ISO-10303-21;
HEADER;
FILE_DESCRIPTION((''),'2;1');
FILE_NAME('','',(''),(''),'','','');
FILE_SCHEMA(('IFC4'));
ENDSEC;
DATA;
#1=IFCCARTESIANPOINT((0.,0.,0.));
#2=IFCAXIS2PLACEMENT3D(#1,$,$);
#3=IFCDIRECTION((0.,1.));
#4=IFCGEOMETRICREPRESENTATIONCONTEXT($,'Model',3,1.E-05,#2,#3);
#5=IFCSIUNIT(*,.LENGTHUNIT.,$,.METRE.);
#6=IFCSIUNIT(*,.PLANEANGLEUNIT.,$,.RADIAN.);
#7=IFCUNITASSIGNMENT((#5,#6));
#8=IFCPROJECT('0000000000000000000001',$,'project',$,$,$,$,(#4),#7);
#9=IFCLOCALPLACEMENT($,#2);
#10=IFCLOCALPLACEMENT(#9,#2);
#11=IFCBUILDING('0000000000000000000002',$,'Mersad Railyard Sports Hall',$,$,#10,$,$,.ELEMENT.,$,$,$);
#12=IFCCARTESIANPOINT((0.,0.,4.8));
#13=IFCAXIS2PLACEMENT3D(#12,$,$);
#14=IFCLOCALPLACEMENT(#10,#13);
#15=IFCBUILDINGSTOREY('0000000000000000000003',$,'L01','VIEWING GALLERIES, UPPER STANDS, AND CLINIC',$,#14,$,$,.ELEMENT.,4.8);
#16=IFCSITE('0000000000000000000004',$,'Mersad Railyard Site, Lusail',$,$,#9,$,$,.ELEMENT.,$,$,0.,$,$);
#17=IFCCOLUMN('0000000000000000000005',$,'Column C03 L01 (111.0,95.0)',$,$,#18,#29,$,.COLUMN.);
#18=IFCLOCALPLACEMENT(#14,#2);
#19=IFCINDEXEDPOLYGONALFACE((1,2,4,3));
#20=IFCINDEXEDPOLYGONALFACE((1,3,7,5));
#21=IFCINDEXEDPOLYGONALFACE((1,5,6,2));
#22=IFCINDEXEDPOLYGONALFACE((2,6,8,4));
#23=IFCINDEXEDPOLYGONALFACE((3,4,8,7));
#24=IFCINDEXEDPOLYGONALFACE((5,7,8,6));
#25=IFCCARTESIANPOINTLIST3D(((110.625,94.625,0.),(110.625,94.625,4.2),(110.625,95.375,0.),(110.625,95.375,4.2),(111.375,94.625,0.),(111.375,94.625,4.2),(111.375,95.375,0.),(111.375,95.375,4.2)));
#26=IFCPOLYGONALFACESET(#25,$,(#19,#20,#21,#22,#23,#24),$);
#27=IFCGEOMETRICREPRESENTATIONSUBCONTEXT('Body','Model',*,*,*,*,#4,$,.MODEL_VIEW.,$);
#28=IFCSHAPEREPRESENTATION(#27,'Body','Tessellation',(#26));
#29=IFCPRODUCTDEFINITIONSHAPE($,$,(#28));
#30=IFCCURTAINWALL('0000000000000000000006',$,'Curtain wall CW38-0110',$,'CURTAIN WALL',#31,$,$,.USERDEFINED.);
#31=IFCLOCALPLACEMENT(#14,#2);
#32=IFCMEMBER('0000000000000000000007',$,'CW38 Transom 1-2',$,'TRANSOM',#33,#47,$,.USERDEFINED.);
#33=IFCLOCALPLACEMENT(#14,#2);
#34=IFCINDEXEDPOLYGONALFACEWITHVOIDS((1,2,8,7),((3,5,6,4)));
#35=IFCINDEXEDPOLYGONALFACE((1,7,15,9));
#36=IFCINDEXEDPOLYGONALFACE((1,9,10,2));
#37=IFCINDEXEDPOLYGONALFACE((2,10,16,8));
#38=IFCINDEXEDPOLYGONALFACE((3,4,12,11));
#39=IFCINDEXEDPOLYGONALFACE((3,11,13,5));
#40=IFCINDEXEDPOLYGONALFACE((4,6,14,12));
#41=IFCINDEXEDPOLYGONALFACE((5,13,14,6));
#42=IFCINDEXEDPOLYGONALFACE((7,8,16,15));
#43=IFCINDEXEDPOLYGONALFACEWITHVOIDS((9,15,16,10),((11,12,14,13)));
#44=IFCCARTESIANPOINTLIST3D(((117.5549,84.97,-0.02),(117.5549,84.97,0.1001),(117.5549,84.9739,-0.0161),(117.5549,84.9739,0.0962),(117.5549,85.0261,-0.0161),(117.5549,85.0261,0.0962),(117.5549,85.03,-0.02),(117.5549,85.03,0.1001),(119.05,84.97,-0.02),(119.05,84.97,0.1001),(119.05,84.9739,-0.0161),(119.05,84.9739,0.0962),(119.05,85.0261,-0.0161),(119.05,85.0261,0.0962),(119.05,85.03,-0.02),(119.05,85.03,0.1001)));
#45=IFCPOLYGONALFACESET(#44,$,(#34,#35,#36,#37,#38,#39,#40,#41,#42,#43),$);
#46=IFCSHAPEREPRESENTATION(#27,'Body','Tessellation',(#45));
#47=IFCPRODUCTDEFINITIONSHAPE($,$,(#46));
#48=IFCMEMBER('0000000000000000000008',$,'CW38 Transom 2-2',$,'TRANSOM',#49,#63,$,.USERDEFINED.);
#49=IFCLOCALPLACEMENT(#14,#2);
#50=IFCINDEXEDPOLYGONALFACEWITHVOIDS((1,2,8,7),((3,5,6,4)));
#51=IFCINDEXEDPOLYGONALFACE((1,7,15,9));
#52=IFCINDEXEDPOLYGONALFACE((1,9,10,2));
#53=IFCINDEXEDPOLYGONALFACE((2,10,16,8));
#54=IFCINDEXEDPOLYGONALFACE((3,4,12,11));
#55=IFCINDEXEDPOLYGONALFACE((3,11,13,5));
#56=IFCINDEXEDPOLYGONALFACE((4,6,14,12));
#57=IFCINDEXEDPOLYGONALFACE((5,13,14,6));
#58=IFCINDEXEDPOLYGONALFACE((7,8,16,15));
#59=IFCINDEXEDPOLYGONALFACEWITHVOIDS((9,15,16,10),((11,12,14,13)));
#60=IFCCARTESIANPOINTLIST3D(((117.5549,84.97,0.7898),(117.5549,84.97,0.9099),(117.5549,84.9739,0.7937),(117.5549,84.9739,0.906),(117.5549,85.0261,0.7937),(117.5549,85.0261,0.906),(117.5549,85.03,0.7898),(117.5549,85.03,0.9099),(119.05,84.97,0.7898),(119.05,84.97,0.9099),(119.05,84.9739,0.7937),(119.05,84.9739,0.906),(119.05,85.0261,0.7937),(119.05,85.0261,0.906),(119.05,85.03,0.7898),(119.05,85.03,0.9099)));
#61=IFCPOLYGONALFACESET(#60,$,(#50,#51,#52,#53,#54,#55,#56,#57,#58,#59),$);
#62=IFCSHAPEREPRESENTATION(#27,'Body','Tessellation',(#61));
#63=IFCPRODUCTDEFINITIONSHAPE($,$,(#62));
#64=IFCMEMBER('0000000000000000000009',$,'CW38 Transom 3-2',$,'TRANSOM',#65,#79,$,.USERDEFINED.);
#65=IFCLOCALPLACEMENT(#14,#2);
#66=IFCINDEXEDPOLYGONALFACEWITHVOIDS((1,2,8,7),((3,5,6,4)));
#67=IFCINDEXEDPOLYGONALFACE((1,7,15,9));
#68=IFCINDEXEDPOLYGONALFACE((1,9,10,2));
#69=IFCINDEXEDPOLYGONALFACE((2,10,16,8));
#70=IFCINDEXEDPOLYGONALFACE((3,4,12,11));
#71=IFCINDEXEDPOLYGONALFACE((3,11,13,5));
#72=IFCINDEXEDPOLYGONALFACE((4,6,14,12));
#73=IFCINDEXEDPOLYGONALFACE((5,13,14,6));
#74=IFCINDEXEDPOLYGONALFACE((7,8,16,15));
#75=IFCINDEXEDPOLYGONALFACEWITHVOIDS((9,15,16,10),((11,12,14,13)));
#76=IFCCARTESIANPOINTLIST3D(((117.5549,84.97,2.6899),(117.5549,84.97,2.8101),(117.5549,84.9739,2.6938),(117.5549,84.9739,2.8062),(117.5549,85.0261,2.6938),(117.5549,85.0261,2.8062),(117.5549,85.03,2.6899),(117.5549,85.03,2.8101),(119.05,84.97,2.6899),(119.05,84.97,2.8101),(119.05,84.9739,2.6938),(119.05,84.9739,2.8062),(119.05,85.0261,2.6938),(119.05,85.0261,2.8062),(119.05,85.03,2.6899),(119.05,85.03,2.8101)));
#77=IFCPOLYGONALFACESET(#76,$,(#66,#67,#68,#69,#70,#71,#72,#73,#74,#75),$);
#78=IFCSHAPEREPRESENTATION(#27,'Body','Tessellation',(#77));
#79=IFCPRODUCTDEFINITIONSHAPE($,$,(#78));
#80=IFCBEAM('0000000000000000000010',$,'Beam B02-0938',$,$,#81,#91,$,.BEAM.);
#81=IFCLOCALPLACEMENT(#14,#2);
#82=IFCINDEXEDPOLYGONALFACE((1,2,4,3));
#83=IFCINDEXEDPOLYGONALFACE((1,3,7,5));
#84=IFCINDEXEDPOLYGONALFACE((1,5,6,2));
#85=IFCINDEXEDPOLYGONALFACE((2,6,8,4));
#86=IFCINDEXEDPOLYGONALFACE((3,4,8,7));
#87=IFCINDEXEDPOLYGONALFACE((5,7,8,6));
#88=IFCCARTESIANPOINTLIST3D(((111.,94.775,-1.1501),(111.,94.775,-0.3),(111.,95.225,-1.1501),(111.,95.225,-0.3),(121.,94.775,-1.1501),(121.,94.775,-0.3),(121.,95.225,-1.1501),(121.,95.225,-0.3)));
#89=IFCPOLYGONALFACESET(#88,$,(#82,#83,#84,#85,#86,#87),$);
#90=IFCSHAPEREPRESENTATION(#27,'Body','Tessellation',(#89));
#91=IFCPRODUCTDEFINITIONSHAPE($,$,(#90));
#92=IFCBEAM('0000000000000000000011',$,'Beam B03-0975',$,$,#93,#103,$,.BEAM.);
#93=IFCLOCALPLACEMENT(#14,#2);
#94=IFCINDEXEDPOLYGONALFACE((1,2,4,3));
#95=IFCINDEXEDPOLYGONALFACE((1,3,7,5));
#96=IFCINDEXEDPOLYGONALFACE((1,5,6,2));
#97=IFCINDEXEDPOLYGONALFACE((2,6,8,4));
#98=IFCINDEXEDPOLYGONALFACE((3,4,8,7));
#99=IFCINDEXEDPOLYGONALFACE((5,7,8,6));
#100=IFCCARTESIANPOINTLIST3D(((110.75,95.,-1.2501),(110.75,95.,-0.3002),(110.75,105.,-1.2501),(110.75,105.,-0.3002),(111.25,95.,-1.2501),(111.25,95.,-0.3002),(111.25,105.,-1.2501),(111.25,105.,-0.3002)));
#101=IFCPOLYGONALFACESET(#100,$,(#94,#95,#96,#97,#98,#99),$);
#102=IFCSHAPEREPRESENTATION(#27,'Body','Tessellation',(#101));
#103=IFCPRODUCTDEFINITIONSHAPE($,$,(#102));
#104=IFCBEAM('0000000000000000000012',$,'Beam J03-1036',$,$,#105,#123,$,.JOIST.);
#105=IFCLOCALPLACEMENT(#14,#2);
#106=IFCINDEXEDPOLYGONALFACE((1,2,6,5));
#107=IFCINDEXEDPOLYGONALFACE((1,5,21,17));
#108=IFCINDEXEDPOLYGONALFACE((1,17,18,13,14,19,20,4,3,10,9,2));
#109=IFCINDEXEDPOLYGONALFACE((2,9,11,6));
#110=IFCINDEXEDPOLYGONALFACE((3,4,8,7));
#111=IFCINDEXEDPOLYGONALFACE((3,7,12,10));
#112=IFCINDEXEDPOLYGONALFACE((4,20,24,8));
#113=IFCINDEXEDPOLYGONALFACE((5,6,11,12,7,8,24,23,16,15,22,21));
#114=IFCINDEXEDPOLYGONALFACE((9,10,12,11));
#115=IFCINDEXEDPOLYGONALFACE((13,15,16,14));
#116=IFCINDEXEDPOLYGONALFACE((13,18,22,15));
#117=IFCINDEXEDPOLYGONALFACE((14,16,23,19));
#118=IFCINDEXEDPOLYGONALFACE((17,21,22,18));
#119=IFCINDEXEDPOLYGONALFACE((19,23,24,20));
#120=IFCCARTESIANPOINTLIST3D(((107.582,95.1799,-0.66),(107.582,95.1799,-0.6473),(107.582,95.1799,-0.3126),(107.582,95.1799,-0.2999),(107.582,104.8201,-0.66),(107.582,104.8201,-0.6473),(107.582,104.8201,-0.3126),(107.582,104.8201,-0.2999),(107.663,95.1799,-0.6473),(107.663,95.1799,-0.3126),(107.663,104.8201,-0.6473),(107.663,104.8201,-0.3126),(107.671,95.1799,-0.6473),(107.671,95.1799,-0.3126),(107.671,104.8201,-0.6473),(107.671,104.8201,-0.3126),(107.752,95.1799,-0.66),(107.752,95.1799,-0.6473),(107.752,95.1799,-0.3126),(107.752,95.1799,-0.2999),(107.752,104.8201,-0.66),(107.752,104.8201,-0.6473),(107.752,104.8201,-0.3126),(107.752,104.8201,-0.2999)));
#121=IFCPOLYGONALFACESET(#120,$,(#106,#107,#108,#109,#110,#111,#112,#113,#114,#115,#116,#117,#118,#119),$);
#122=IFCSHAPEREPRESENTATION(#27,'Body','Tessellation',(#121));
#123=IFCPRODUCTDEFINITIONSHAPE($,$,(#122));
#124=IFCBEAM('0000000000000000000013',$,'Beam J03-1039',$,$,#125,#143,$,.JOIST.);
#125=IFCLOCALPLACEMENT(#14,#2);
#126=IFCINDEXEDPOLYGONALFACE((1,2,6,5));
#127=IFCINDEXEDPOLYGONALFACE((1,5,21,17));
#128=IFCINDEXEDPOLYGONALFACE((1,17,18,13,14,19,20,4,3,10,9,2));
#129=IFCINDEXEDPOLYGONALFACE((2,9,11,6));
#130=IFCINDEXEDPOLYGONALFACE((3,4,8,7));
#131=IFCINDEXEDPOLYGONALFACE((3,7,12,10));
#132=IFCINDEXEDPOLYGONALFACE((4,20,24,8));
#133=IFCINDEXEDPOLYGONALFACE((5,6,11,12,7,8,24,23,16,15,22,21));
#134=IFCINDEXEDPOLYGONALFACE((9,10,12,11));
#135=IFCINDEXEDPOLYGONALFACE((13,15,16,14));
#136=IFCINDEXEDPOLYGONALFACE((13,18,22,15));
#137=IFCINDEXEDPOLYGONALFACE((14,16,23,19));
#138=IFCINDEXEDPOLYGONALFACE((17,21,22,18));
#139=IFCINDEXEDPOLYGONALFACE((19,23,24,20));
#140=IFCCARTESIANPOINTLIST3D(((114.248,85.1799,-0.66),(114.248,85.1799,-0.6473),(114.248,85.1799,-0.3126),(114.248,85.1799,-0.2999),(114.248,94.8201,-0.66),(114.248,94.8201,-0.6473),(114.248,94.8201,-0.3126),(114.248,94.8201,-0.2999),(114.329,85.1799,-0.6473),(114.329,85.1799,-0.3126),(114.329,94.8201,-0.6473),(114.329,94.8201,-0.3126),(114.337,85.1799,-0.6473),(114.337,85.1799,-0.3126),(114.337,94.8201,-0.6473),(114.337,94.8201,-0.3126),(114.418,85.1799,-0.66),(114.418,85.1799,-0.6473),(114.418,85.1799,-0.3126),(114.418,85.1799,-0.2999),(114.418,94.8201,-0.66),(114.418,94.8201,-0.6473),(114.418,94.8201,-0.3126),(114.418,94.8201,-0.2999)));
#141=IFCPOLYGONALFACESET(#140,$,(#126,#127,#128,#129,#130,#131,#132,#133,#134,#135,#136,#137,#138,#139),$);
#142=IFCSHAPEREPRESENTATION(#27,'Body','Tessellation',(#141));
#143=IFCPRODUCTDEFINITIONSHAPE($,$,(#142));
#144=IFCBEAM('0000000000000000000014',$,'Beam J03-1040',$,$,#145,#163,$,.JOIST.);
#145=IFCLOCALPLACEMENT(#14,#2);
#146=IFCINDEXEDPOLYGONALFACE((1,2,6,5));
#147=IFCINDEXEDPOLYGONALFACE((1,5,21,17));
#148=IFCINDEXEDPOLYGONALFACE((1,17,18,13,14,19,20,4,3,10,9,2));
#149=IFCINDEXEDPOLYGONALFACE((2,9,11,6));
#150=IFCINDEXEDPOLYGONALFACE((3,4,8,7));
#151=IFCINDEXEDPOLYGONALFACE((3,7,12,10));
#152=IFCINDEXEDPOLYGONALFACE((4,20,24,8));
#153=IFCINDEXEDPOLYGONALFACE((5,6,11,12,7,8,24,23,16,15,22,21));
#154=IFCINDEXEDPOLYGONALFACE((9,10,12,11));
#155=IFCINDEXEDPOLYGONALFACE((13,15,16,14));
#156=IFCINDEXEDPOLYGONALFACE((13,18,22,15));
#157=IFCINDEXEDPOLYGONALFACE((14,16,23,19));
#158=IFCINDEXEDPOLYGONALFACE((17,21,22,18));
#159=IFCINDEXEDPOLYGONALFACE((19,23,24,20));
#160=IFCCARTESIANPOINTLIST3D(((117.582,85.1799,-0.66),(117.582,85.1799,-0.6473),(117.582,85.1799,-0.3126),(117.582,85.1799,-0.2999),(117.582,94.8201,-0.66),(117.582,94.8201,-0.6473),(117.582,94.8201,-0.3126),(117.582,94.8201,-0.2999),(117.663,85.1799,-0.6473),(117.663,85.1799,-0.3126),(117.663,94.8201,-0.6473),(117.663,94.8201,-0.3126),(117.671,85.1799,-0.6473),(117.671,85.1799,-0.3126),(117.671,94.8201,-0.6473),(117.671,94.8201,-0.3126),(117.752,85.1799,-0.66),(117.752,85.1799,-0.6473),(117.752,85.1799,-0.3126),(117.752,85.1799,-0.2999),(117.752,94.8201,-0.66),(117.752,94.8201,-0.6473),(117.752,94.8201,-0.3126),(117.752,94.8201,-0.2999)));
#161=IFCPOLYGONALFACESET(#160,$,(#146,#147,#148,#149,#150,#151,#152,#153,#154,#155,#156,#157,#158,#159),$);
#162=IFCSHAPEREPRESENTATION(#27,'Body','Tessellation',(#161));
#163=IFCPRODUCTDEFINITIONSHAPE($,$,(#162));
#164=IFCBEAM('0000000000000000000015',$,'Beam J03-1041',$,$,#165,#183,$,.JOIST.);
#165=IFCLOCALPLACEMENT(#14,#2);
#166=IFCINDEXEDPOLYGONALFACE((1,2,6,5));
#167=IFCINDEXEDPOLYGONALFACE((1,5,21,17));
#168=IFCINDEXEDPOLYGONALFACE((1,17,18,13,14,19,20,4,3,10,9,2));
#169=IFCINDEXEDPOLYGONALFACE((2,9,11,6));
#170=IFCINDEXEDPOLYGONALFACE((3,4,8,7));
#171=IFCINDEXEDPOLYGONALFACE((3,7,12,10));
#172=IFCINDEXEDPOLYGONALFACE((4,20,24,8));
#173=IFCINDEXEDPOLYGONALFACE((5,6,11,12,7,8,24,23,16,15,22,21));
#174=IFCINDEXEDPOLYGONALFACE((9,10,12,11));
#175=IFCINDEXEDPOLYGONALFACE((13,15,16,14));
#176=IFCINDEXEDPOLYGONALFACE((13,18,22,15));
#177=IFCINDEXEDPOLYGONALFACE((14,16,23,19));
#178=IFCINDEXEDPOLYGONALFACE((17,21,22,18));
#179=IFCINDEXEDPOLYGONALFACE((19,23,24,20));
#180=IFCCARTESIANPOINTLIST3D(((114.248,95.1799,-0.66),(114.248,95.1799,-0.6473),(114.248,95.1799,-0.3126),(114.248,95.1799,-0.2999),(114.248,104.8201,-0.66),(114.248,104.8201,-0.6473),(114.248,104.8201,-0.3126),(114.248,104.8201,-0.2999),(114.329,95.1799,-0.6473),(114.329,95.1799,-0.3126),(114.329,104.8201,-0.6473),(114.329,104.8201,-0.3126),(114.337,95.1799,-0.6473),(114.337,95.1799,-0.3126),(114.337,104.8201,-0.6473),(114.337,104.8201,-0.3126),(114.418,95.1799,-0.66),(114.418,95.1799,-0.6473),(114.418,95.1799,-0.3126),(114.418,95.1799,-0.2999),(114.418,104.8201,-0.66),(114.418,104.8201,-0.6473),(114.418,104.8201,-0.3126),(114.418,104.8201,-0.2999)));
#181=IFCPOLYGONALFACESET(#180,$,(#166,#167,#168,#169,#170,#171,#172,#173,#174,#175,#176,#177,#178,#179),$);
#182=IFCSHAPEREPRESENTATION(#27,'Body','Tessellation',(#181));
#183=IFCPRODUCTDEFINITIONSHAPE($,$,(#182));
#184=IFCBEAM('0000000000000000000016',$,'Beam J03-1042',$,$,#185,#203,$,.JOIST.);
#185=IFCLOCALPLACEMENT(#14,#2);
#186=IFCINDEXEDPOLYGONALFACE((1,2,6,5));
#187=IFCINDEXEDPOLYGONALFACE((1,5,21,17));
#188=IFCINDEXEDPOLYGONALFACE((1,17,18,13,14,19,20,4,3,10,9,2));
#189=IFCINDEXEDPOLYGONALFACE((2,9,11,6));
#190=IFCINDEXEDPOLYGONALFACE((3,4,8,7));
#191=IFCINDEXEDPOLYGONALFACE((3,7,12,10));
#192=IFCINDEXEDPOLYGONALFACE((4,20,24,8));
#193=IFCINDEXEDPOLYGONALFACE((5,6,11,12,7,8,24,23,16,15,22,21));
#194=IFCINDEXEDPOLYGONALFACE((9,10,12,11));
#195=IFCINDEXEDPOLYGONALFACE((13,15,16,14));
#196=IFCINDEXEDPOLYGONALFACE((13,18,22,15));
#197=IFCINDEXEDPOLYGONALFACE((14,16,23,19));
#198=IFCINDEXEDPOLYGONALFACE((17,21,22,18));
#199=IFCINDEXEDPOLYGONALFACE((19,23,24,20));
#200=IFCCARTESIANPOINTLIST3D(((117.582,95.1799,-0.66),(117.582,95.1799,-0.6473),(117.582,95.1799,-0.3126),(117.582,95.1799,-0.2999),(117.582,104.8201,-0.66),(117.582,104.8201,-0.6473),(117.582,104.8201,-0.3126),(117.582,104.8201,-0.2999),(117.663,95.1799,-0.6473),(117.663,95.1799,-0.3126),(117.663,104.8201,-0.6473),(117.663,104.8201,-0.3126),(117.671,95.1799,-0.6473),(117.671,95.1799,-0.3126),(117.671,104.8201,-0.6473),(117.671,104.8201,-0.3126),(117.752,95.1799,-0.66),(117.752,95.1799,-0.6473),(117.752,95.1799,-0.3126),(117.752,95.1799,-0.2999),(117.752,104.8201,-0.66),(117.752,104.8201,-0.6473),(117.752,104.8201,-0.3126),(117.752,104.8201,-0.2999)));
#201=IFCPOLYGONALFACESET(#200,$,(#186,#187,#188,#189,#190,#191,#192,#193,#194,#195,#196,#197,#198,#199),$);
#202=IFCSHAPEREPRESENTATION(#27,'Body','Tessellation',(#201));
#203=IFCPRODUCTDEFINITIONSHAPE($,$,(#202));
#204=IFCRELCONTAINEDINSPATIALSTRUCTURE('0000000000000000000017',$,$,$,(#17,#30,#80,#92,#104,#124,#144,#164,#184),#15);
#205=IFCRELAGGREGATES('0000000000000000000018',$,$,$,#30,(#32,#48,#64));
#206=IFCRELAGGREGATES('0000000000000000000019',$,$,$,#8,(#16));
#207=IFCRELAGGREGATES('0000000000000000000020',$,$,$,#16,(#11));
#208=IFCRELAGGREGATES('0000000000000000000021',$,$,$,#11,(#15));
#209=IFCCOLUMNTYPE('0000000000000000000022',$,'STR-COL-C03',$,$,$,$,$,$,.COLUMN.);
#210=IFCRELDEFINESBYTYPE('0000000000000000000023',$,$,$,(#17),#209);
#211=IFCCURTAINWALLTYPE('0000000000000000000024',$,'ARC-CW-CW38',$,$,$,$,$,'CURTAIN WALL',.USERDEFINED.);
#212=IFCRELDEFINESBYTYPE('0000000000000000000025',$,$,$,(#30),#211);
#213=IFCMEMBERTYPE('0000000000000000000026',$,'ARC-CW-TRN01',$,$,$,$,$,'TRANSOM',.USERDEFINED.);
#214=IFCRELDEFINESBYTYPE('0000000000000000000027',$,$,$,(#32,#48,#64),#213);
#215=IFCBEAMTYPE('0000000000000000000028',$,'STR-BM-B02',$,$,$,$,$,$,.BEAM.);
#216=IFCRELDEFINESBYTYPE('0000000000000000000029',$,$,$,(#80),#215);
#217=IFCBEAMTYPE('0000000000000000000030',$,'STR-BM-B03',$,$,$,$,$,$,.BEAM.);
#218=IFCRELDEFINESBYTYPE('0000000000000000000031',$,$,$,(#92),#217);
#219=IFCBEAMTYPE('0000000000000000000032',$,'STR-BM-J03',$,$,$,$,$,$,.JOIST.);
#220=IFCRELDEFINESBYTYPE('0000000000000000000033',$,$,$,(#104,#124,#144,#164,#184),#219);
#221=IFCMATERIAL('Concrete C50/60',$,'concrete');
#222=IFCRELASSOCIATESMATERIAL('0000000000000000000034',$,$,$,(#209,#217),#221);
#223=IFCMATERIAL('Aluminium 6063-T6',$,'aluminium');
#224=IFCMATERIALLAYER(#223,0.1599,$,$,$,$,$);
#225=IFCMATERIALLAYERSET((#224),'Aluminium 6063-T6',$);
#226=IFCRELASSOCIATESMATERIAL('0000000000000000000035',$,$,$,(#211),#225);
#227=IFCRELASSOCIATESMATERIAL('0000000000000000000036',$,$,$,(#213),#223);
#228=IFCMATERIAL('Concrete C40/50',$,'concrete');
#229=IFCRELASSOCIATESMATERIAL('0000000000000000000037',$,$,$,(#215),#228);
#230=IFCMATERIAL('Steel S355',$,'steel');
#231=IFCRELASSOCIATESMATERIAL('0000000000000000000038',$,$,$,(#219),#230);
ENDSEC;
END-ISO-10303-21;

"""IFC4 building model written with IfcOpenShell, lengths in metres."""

from ifc_helpers import new_model, si_unit, direction, frame, origin, origin_2d, place, context, subcontext, project, spatial, rectangle, hollow_rectangle, i_section, extrude, material, layer, layer_set, material_profile, profile_set, type_object, element, aggregate, save


model = new_model("IFC4")

# Units and contexts
model_context = context("Model", 3, precision=1e-05, world=origin(), true_north=direction((0.0, 1.0)))
body_context = subcontext(model_context, "Body", "Model", "MODEL_VIEW")
ifc_project = project(units=[si_unit("LENGTHUNIT", "METRE"), si_unit("PLANEANGLEUNIT", "RADIAN")], contexts=[model_context])

# Site, building, storey
site_placement = place(None, origin())
site = spatial("IfcSite", under=ifc_project, at=site_placement, Name="Mersad Railyard Site, Lusail", CompositionType="ELEMENT", RefElevation=0.0)
building_placement = place(site_placement, origin())
building = spatial("IfcBuilding", under=site, at=building_placement, Name="Mersad Railyard Sports Hall", CompositionType="ELEMENT")
storey_placement = place(building_placement, frame((0.0, 0.0, 4.8)))
storey = spatial("IfcBuildingStorey", under=building, at=storey_placement, Name="L01", Description="VIEWING GALLERIES, UPPER STANDS, AND CLINIC", CompositionType="ELEMENT", Elevation=4.8)

# Column
ifc_material_1 = material(Name="Concrete C50/60", Category="concrete")
ifc_material_profile_1 = material_profile(ifc_material_1, rectangle(XDim=0.75, YDim=0.75, at=origin_2d()), Name="RC 750x750")
ifc_profile_set_1 = profile_set([ifc_material_profile_1], Name="Concrete C50/60")
column_type = type_object("IfcColumnType", Name="STR-COL-C03", PredefinedType="COLUMN", material=ifc_profile_set_1)
column_placement = place(storey_placement, frame((111.0, 95.0, 0.0), z_axis=(0.0, 0.0, 1.0), x_axis=(1.0, 0.0, 0.0)))
element("IfcColumn", 1, at=column_placement, inside=storey, type_object=column_type, Name="Column C03 L01 (111.0,95.0)", PredefinedType="COLUMN", context=body_context, shape_type="SweptSolid", body=[
    extrude(rectangle(XDim=0.75, YDim=0.75, at=origin_2d()), origin(), (0.0, 0.0, 1.0), 4.2),
])

# Curtain wall, members
ifc_material_2 = material(Name="Aluminium 6063-T6", Category="aluminium")
ifc_layer_1 = layer(ifc_material_2, 0.1599)
ifc_layer_set_1 = layer_set([ifc_layer_1], Name="Aluminium 6063-T6")
curtain_wall_type = type_object("IfcCurtainWallType", Name="ARC-CW-CW38", ElementType="CURTAIN WALL", PredefinedType="USERDEFINED", material=ifc_layer_set_1)
curtain_wall_placement = place(storey_placement, origin())
curtain_wall = element("IfcCurtainWall", 2, at=curtain_wall_placement, inside=storey, type_object=curtain_wall_type, Name="Curtain wall CW38-0110", ObjectType="CURTAIN WALL", PredefinedType="USERDEFINED")
ifc_material_profile_2 = material_profile(ifc_material_2, hollow_rectangle(XDim=0.0601, YDim=0.1201, WallThickness=0.0039, at=origin_2d()), Name="AL TRANSOM 60x120x4")
ifc_profile_set_2 = profile_set([ifc_material_profile_2], Name="Aluminium 6063-T6")
member_type = type_object("IfcMemberType", Name="ARC-CW-TRN01", ElementType="TRANSOM", PredefinedType="USERDEFINED", material=ifc_profile_set_2)
member_1_placement = place(storey_placement, frame((119.05, 85.0, 0.04), z_axis=(-1.0, 0.0, 0.0), x_axis=(0.0, -1.0, 0.0)))
member_1 = element("IfcMember", 3, at=member_1_placement, type_object=member_type, Name="CW38 Transom 1-2", ObjectType="TRANSOM", PredefinedType="USERDEFINED", context=body_context, shape_type="SweptSolid", body=[
    extrude(hollow_rectangle(XDim=0.0601, YDim=0.1201, WallThickness=0.0039, at=origin_2d()), origin(), (0.0, 0.0, 1.0), 1.4951),
])
member_2_placement = place(storey_placement, frame((119.05, 85.0, 0.8499), z_axis=(-1.0, 0.0, 0.0), x_axis=(0.0, -1.0, 0.0)))
member_2 = element("IfcMember", 4, at=member_2_placement, type_object=member_type, Name="CW38 Transom 2-2", ObjectType="TRANSOM", PredefinedType="USERDEFINED", context=body_context, shape_type="SweptSolid", body=[
    extrude(hollow_rectangle(XDim=0.0601, YDim=0.1201, WallThickness=0.0039, at=origin_2d()), origin(), (0.0, 0.0, 1.0), 1.4951),
])
member_3_placement = place(storey_placement, frame((119.05, 85.0, 2.75), z_axis=(-1.0, 0.0, 0.0), x_axis=(0.0, -1.0, 0.0)))
member_3 = element("IfcMember", 5, at=member_3_placement, type_object=member_type, Name="CW38 Transom 3-2", ObjectType="TRANSOM", PredefinedType="USERDEFINED", context=body_context, shape_type="SweptSolid", body=[
    extrude(hollow_rectangle(XDim=0.0601, YDim=0.1201, WallThickness=0.0039, at=origin_2d()), origin(), (0.0, 0.0, 1.0), 1.4951),
])

# Beams
ifc_material_3 = material(Name="Concrete C40/50", Category="concrete")
ifc_material_profile_3 = material_profile(ifc_material_3, rectangle(XDim=0.45, YDim=0.8501, at=origin_2d()), Name="RC 450x850")
ifc_profile_set_3 = profile_set([ifc_material_profile_3], Name="Concrete C40/50")
beam_type_1 = type_object("IfcBeamType", Name="STR-BM-B02", PredefinedType="BEAM", material=ifc_profile_set_3)
beam_1_placement = place(storey_placement, frame((111.0, 95.0, -0.7251), z_axis=(1.0, 0.0, 0.0), x_axis=(0.0, 1.0, 0.0)))
element("IfcBeam", 6, at=beam_1_placement, inside=storey, type_object=beam_type_1, Name="Beam B02-0938", PredefinedType="BEAM", context=body_context, shape_type="SweptSolid", body=[
    extrude(rectangle(XDim=0.45, YDim=0.8501, at=origin_2d()), origin(), (0.0, 0.0, 1.0), 10.0),
])
ifc_material_profile_4 = material_profile(ifc_material_1, rectangle(XDim=0.5, YDim=0.95, at=origin_2d()), Name="RC 500x950")
ifc_profile_set_4 = profile_set([ifc_material_profile_4], Name="Concrete C50/60")
beam_type_2 = type_object("IfcBeamType", Name="STR-BM-B03", PredefinedType="BEAM", material=ifc_profile_set_4)
beam_2_placement = place(storey_placement, frame((111.0, 95.0, -0.7751), z_axis=(0.0, 1.0, 0.0), x_axis=(-1.0, 0.0, 0.0)))
element("IfcBeam", 7, at=beam_2_placement, inside=storey, type_object=beam_type_2, Name="Beam B03-0975", PredefinedType="BEAM", context=body_context, shape_type="SweptSolid", body=[
    extrude(rectangle(XDim=0.5, YDim=0.95, at=origin_2d()), origin(), (0.0, 0.0, 1.0), 10.0),
])
ifc_material_4 = material(Name="Steel S355", Category="steel")
ifc_material_profile_5 = material_profile(ifc_material_4, i_section(OverallWidth=0.1699, OverallDepth=0.3601, WebThickness=0.0081, FlangeThickness=0.0127, at=origin_2d()), Name="IPE 360")
ifc_profile_set_5 = profile_set([ifc_material_profile_5], Name="Steel S355")
beam_type_3 = type_object("IfcBeamType", Name="STR-BM-J03", PredefinedType="JOIST", material=ifc_profile_set_5)
for number, where, z_axis, x_axis, name in (
    (8, (107.667, 95.1799, -0.48), (0.0, 1.0, 0.0), (-1.0, 0.0, 0.0), "Beam J03-1036"),
    (9, (114.333, 85.1799, -0.48), (0.0, 1.0, 0.0), (-1.0, 0.0, 0.0), "Beam J03-1039"),
    (10, (117.667, 85.1799, -0.48), (0.0, 1.0, 0.0), (-1.0, 0.0, 0.0), "Beam J03-1040"),
    (11, (114.333, 95.1799, -0.48), (0.0, 1.0, 0.0), (-1.0, 0.0, 0.0), "Beam J03-1041"),
    (12, (117.667, 95.1799, -0.48), (0.0, 1.0, 0.0), (-1.0, 0.0, 0.0), "Beam J03-1042"),
):
    element("IfcBeam", number, at=place(storey_placement, frame(where, z_axis=z_axis, x_axis=x_axis)), inside=storey, type_object=beam_type_3, Name=name, PredefinedType="JOIST", context=body_context, shape_type="SweptSolid", body=[
        extrude(i_section(OverallWidth=0.1699, OverallDepth=0.3601, WebThickness=0.0081, FlangeThickness=0.0127, at=origin_2d()), origin(), (0.0, 0.0, 1.0), 9.6401),
    ])

aggregate(curtain_wall, [member_1, member_2, member_3])

save(model, "model.ifc")
